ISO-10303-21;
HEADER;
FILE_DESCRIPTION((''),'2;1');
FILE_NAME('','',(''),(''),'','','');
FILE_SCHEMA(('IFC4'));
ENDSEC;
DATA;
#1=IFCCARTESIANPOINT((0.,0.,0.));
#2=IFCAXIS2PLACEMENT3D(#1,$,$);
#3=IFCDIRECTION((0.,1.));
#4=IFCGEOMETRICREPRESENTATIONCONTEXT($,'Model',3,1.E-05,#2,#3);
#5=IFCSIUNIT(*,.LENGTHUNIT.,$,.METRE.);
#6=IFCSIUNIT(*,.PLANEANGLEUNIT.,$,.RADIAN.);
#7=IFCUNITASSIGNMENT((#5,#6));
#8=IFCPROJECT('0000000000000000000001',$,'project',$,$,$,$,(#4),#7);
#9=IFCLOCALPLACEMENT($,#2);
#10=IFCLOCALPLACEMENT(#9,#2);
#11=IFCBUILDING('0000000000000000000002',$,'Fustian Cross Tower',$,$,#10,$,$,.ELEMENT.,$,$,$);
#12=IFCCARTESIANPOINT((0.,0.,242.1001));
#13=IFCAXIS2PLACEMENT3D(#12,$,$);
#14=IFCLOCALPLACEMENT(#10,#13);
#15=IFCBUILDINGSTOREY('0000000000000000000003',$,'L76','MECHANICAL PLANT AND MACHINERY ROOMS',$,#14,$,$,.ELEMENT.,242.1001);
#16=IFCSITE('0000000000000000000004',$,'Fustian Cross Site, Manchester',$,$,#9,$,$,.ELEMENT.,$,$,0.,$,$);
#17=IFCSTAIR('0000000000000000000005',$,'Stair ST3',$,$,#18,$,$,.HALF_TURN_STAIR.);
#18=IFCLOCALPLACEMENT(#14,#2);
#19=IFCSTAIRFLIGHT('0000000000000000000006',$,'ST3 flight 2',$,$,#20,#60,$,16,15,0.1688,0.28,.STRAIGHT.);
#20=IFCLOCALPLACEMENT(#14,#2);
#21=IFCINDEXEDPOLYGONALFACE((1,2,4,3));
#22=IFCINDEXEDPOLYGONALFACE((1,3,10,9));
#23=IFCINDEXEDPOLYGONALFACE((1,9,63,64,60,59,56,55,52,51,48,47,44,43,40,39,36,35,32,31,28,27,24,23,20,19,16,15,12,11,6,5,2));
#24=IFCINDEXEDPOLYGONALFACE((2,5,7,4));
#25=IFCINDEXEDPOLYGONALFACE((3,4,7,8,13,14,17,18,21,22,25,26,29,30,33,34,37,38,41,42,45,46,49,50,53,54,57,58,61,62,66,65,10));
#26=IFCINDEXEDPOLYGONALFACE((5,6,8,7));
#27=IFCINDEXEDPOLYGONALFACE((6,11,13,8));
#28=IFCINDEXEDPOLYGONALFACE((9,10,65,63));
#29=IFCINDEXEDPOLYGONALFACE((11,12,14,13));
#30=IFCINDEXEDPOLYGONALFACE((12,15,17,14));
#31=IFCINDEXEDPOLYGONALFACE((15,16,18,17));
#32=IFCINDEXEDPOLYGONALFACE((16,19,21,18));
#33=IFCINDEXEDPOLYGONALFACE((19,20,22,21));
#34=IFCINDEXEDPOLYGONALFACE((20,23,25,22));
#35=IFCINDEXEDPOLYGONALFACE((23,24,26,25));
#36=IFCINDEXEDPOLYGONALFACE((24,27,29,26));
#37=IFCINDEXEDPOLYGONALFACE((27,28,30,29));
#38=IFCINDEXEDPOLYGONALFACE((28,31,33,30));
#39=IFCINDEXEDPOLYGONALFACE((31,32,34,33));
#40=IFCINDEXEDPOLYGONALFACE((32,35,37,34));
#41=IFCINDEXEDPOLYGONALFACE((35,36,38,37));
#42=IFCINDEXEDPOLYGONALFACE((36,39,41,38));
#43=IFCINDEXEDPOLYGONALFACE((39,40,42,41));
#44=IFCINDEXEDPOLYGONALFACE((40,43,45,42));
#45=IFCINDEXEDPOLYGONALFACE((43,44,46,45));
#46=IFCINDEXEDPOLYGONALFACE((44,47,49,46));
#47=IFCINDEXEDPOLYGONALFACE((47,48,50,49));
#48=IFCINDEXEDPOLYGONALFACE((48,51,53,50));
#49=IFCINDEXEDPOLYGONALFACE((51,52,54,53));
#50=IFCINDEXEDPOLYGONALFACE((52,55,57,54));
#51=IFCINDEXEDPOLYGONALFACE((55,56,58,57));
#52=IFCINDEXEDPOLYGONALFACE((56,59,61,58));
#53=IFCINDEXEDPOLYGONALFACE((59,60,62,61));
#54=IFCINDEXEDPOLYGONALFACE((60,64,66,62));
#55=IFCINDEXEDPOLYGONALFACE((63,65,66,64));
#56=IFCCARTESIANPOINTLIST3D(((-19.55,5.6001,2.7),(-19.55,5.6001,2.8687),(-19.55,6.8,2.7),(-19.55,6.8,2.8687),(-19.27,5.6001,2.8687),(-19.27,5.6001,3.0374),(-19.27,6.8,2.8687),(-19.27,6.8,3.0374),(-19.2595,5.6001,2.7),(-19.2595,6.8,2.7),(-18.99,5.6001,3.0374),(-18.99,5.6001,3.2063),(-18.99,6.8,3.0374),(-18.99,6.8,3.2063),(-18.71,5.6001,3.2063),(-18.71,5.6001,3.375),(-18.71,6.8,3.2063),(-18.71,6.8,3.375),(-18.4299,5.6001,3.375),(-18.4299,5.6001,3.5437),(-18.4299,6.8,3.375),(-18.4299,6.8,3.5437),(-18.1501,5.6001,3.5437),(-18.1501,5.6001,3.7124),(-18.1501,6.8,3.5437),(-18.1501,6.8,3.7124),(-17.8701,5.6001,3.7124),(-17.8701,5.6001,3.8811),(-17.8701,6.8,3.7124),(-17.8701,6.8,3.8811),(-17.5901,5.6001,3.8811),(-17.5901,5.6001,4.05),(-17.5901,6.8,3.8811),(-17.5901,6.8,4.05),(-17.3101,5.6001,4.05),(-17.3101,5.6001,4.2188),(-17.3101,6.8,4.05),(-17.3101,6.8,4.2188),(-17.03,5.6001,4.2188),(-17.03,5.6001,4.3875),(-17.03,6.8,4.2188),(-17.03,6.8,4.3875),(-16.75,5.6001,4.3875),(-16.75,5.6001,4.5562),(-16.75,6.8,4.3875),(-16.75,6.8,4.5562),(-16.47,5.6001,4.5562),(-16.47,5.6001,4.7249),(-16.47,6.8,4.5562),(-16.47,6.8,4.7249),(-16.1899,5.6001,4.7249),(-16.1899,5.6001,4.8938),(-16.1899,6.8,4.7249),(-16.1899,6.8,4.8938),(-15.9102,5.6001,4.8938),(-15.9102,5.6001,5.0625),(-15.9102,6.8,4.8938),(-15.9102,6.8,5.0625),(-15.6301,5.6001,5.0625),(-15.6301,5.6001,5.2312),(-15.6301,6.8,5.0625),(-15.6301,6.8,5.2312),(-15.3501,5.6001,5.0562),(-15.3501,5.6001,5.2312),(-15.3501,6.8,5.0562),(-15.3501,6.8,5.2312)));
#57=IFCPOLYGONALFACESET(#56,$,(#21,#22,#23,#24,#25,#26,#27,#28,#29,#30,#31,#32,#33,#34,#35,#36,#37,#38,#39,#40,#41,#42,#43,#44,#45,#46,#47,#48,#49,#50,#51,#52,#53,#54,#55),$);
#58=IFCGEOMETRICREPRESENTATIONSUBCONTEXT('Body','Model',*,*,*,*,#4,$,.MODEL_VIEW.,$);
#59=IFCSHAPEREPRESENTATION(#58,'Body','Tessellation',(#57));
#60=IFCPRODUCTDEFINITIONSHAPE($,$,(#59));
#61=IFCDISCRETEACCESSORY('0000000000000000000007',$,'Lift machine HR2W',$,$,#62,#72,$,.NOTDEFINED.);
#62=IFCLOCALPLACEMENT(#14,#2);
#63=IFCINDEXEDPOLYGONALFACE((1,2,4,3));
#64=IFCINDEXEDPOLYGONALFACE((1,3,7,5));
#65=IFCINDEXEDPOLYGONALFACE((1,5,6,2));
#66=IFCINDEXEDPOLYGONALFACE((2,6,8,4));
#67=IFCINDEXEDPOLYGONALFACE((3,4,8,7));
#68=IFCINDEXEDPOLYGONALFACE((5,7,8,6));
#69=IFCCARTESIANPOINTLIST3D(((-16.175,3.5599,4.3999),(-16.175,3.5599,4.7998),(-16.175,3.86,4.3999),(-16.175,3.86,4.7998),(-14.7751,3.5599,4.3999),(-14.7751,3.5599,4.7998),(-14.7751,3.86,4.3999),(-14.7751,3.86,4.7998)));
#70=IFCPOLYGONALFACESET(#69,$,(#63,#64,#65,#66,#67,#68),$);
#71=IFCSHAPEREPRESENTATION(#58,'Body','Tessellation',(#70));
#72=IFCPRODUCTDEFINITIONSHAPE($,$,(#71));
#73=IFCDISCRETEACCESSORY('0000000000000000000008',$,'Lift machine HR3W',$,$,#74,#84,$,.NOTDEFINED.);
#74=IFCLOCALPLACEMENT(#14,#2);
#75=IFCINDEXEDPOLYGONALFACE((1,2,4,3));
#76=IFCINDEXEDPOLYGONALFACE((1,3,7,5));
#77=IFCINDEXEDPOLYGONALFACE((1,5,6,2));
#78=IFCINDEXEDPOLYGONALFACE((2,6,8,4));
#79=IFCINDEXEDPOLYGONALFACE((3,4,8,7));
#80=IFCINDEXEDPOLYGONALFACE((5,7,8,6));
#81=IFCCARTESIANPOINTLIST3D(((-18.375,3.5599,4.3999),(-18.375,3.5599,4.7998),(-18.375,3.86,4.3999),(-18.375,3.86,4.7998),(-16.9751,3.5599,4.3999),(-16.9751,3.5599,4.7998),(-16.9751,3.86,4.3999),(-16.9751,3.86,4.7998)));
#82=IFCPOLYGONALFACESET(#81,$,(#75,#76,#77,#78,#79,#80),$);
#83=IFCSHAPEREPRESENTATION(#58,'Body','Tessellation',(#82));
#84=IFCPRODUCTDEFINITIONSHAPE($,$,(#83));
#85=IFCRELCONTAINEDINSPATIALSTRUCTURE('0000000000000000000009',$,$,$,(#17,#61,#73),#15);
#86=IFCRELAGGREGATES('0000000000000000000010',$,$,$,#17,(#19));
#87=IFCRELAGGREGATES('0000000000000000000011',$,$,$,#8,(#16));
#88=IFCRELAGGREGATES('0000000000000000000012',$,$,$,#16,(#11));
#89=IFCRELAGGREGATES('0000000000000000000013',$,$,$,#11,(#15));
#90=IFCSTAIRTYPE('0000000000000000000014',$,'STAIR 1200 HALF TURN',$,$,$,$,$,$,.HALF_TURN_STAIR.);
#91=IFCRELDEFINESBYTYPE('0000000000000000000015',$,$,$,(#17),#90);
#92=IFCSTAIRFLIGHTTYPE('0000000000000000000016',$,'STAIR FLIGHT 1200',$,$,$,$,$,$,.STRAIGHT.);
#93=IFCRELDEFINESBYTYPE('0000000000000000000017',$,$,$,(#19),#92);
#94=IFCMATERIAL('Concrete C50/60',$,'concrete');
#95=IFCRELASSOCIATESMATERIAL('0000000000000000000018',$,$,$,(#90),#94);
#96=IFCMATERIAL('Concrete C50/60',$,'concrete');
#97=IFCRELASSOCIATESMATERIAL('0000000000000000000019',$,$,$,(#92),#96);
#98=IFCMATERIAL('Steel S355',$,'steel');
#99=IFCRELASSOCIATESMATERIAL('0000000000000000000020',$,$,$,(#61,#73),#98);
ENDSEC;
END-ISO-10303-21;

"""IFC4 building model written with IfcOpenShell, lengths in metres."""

from ifc_helpers import new_model, si_unit, direction, frame, origin, origin_2d, place, context, subcontext, project, spatial, polyline, rectangle, outline, extrude, material, type_object, element, aggregate, save


model = new_model("IFC4")

# Units and contexts
model_context = context("Model", 3, precision=1e-05, world=origin(), true_north=direction((0.0, 1.0)))
body_context = subcontext(model_context, "Body", "Model", "MODEL_VIEW")
ifc_project = project(units=[si_unit("LENGTHUNIT", "METRE"), si_unit("PLANEANGLEUNIT", "RADIAN")], contexts=[model_context])

# Site, building, storey
site_placement = place(None, origin())
site = spatial("IfcSite", under=ifc_project, at=site_placement, Name="Fustian Cross Site, Manchester", CompositionType="ELEMENT", RefElevation=0.0)
building_placement = place(site_placement, origin())
building = spatial("IfcBuilding", under=site, at=building_placement, Name="Fustian Cross Tower", CompositionType="ELEMENT")
storey_placement = place(building_placement, frame((0.0, 0.0, 242.1001)))
storey = spatial("IfcBuildingStorey", under=building, at=storey_placement, Name="L76", Description="MECHANICAL PLANT AND MACHINERY ROOMS", CompositionType="ELEMENT", Elevation=242.1001)

# Stair, stair flight
ifc_material_1 = material(Name="Concrete C50/60", Category="concrete")
stair_type = type_object("IfcStairType", Name="STAIR 1200 HALF TURN", PredefinedType="HALF_TURN_STAIR", material=ifc_material_1)
stair_placement = place(storey_placement, origin())
stair = element("IfcStair", 1, at=stair_placement, inside=storey, type_object=stair_type, Name="Stair ST3", PredefinedType="HALF_TURN_STAIR")
ifc_material_2 = material(Name="Concrete C50/60", Category="concrete")
stair_flight_type = type_object("IfcStairFlightType", Name="STAIR FLIGHT 1200", PredefinedType="STRAIGHT", material=ifc_material_2)
stair_flight_placement = place(storey_placement, frame((-19.55, 6.2, 2.7), z_axis=(0.0, 0.0, 1.0), x_axis=(1.0, 0.0, 0.0)))
stair_flight = element("IfcStairFlight", 2, at=stair_flight_placement, type_object=stair_flight_type, Name="ST3 flight 2", NumberOfRisers=16, NumberOfTreads=15, PredefinedType="STRAIGHT", RiserHeight=0.1688, TreadLength=0.28, context=body_context, shape_type="SweptSolid", body=[
    extrude(outline(polyline([(0.0, 0.0), (0.0, 0.1687), (0.28, 0.1687), (0.28, 0.3374), (0.5601, 0.3374), (0.5601, 0.5063), (0.8401, 0.5063), (0.8401, 0.675), (1.1201, 0.675), (1.1201, 0.8438), (1.3999, 0.8438), (1.3999, 1.0125), (1.6799, 1.0125), (1.6799, 1.1812), (1.96, 1.1812), (1.96, 1.3501), (2.24, 1.3501), (2.24, 1.5188), (2.52, 1.5188), (2.52, 1.6875), (2.8, 1.6875), (2.8, 1.8562), (3.0801, 1.8562), (3.0801, 2.0249), (3.3601, 2.0249), (3.3601, 2.1938), (3.6399, 2.1938), (3.6399, 2.3625), (3.9199, 2.3625), (3.9199, 2.5312), (4.2, 2.5312), (4.2, 2.7), (4.2, 2.3562), (0.2905, 0.0), (0.0, 0.0)])), frame((0.0, 0.6001, 0.0), z_axis=(0.0, -1.0, 0.0), x_axis=(1.0, 0.0, 0.0)), (0.0, 0.0, 1.0), 1.2),
])
aggregate(stair, [stair_flight])

# Discrete accessories
ifc_material_3 = material(Name="Steel S355", Category="steel")
for number, where, z_axis, x_axis, name in (
    (3, (-15.4751, 3.71, 4.3999), (0.0, 0.0, 1.0), (1.0, 0.0, 0.0), "Lift machine HR2W"),
    (4, (-17.675, 3.71, 4.3999), (0.0, 0.0, 1.0), (1.0, 0.0, 0.0), "Lift machine HR3W"),
):
    element("IfcDiscreteAccessory", number, at=place(storey_placement, frame(where, z_axis=z_axis, x_axis=x_axis)), inside=storey, material=ifc_material_3, Name=name, PredefinedType="NOTDEFINED", context=body_context, shape_type="SweptSolid", body=[
        extrude(rectangle(XDim=1.3999, YDim=0.3, at=origin_2d()), origin(), (0.0, 0.0, 1.0), 0.3999),
    ])

save(model, "model.ifc")
